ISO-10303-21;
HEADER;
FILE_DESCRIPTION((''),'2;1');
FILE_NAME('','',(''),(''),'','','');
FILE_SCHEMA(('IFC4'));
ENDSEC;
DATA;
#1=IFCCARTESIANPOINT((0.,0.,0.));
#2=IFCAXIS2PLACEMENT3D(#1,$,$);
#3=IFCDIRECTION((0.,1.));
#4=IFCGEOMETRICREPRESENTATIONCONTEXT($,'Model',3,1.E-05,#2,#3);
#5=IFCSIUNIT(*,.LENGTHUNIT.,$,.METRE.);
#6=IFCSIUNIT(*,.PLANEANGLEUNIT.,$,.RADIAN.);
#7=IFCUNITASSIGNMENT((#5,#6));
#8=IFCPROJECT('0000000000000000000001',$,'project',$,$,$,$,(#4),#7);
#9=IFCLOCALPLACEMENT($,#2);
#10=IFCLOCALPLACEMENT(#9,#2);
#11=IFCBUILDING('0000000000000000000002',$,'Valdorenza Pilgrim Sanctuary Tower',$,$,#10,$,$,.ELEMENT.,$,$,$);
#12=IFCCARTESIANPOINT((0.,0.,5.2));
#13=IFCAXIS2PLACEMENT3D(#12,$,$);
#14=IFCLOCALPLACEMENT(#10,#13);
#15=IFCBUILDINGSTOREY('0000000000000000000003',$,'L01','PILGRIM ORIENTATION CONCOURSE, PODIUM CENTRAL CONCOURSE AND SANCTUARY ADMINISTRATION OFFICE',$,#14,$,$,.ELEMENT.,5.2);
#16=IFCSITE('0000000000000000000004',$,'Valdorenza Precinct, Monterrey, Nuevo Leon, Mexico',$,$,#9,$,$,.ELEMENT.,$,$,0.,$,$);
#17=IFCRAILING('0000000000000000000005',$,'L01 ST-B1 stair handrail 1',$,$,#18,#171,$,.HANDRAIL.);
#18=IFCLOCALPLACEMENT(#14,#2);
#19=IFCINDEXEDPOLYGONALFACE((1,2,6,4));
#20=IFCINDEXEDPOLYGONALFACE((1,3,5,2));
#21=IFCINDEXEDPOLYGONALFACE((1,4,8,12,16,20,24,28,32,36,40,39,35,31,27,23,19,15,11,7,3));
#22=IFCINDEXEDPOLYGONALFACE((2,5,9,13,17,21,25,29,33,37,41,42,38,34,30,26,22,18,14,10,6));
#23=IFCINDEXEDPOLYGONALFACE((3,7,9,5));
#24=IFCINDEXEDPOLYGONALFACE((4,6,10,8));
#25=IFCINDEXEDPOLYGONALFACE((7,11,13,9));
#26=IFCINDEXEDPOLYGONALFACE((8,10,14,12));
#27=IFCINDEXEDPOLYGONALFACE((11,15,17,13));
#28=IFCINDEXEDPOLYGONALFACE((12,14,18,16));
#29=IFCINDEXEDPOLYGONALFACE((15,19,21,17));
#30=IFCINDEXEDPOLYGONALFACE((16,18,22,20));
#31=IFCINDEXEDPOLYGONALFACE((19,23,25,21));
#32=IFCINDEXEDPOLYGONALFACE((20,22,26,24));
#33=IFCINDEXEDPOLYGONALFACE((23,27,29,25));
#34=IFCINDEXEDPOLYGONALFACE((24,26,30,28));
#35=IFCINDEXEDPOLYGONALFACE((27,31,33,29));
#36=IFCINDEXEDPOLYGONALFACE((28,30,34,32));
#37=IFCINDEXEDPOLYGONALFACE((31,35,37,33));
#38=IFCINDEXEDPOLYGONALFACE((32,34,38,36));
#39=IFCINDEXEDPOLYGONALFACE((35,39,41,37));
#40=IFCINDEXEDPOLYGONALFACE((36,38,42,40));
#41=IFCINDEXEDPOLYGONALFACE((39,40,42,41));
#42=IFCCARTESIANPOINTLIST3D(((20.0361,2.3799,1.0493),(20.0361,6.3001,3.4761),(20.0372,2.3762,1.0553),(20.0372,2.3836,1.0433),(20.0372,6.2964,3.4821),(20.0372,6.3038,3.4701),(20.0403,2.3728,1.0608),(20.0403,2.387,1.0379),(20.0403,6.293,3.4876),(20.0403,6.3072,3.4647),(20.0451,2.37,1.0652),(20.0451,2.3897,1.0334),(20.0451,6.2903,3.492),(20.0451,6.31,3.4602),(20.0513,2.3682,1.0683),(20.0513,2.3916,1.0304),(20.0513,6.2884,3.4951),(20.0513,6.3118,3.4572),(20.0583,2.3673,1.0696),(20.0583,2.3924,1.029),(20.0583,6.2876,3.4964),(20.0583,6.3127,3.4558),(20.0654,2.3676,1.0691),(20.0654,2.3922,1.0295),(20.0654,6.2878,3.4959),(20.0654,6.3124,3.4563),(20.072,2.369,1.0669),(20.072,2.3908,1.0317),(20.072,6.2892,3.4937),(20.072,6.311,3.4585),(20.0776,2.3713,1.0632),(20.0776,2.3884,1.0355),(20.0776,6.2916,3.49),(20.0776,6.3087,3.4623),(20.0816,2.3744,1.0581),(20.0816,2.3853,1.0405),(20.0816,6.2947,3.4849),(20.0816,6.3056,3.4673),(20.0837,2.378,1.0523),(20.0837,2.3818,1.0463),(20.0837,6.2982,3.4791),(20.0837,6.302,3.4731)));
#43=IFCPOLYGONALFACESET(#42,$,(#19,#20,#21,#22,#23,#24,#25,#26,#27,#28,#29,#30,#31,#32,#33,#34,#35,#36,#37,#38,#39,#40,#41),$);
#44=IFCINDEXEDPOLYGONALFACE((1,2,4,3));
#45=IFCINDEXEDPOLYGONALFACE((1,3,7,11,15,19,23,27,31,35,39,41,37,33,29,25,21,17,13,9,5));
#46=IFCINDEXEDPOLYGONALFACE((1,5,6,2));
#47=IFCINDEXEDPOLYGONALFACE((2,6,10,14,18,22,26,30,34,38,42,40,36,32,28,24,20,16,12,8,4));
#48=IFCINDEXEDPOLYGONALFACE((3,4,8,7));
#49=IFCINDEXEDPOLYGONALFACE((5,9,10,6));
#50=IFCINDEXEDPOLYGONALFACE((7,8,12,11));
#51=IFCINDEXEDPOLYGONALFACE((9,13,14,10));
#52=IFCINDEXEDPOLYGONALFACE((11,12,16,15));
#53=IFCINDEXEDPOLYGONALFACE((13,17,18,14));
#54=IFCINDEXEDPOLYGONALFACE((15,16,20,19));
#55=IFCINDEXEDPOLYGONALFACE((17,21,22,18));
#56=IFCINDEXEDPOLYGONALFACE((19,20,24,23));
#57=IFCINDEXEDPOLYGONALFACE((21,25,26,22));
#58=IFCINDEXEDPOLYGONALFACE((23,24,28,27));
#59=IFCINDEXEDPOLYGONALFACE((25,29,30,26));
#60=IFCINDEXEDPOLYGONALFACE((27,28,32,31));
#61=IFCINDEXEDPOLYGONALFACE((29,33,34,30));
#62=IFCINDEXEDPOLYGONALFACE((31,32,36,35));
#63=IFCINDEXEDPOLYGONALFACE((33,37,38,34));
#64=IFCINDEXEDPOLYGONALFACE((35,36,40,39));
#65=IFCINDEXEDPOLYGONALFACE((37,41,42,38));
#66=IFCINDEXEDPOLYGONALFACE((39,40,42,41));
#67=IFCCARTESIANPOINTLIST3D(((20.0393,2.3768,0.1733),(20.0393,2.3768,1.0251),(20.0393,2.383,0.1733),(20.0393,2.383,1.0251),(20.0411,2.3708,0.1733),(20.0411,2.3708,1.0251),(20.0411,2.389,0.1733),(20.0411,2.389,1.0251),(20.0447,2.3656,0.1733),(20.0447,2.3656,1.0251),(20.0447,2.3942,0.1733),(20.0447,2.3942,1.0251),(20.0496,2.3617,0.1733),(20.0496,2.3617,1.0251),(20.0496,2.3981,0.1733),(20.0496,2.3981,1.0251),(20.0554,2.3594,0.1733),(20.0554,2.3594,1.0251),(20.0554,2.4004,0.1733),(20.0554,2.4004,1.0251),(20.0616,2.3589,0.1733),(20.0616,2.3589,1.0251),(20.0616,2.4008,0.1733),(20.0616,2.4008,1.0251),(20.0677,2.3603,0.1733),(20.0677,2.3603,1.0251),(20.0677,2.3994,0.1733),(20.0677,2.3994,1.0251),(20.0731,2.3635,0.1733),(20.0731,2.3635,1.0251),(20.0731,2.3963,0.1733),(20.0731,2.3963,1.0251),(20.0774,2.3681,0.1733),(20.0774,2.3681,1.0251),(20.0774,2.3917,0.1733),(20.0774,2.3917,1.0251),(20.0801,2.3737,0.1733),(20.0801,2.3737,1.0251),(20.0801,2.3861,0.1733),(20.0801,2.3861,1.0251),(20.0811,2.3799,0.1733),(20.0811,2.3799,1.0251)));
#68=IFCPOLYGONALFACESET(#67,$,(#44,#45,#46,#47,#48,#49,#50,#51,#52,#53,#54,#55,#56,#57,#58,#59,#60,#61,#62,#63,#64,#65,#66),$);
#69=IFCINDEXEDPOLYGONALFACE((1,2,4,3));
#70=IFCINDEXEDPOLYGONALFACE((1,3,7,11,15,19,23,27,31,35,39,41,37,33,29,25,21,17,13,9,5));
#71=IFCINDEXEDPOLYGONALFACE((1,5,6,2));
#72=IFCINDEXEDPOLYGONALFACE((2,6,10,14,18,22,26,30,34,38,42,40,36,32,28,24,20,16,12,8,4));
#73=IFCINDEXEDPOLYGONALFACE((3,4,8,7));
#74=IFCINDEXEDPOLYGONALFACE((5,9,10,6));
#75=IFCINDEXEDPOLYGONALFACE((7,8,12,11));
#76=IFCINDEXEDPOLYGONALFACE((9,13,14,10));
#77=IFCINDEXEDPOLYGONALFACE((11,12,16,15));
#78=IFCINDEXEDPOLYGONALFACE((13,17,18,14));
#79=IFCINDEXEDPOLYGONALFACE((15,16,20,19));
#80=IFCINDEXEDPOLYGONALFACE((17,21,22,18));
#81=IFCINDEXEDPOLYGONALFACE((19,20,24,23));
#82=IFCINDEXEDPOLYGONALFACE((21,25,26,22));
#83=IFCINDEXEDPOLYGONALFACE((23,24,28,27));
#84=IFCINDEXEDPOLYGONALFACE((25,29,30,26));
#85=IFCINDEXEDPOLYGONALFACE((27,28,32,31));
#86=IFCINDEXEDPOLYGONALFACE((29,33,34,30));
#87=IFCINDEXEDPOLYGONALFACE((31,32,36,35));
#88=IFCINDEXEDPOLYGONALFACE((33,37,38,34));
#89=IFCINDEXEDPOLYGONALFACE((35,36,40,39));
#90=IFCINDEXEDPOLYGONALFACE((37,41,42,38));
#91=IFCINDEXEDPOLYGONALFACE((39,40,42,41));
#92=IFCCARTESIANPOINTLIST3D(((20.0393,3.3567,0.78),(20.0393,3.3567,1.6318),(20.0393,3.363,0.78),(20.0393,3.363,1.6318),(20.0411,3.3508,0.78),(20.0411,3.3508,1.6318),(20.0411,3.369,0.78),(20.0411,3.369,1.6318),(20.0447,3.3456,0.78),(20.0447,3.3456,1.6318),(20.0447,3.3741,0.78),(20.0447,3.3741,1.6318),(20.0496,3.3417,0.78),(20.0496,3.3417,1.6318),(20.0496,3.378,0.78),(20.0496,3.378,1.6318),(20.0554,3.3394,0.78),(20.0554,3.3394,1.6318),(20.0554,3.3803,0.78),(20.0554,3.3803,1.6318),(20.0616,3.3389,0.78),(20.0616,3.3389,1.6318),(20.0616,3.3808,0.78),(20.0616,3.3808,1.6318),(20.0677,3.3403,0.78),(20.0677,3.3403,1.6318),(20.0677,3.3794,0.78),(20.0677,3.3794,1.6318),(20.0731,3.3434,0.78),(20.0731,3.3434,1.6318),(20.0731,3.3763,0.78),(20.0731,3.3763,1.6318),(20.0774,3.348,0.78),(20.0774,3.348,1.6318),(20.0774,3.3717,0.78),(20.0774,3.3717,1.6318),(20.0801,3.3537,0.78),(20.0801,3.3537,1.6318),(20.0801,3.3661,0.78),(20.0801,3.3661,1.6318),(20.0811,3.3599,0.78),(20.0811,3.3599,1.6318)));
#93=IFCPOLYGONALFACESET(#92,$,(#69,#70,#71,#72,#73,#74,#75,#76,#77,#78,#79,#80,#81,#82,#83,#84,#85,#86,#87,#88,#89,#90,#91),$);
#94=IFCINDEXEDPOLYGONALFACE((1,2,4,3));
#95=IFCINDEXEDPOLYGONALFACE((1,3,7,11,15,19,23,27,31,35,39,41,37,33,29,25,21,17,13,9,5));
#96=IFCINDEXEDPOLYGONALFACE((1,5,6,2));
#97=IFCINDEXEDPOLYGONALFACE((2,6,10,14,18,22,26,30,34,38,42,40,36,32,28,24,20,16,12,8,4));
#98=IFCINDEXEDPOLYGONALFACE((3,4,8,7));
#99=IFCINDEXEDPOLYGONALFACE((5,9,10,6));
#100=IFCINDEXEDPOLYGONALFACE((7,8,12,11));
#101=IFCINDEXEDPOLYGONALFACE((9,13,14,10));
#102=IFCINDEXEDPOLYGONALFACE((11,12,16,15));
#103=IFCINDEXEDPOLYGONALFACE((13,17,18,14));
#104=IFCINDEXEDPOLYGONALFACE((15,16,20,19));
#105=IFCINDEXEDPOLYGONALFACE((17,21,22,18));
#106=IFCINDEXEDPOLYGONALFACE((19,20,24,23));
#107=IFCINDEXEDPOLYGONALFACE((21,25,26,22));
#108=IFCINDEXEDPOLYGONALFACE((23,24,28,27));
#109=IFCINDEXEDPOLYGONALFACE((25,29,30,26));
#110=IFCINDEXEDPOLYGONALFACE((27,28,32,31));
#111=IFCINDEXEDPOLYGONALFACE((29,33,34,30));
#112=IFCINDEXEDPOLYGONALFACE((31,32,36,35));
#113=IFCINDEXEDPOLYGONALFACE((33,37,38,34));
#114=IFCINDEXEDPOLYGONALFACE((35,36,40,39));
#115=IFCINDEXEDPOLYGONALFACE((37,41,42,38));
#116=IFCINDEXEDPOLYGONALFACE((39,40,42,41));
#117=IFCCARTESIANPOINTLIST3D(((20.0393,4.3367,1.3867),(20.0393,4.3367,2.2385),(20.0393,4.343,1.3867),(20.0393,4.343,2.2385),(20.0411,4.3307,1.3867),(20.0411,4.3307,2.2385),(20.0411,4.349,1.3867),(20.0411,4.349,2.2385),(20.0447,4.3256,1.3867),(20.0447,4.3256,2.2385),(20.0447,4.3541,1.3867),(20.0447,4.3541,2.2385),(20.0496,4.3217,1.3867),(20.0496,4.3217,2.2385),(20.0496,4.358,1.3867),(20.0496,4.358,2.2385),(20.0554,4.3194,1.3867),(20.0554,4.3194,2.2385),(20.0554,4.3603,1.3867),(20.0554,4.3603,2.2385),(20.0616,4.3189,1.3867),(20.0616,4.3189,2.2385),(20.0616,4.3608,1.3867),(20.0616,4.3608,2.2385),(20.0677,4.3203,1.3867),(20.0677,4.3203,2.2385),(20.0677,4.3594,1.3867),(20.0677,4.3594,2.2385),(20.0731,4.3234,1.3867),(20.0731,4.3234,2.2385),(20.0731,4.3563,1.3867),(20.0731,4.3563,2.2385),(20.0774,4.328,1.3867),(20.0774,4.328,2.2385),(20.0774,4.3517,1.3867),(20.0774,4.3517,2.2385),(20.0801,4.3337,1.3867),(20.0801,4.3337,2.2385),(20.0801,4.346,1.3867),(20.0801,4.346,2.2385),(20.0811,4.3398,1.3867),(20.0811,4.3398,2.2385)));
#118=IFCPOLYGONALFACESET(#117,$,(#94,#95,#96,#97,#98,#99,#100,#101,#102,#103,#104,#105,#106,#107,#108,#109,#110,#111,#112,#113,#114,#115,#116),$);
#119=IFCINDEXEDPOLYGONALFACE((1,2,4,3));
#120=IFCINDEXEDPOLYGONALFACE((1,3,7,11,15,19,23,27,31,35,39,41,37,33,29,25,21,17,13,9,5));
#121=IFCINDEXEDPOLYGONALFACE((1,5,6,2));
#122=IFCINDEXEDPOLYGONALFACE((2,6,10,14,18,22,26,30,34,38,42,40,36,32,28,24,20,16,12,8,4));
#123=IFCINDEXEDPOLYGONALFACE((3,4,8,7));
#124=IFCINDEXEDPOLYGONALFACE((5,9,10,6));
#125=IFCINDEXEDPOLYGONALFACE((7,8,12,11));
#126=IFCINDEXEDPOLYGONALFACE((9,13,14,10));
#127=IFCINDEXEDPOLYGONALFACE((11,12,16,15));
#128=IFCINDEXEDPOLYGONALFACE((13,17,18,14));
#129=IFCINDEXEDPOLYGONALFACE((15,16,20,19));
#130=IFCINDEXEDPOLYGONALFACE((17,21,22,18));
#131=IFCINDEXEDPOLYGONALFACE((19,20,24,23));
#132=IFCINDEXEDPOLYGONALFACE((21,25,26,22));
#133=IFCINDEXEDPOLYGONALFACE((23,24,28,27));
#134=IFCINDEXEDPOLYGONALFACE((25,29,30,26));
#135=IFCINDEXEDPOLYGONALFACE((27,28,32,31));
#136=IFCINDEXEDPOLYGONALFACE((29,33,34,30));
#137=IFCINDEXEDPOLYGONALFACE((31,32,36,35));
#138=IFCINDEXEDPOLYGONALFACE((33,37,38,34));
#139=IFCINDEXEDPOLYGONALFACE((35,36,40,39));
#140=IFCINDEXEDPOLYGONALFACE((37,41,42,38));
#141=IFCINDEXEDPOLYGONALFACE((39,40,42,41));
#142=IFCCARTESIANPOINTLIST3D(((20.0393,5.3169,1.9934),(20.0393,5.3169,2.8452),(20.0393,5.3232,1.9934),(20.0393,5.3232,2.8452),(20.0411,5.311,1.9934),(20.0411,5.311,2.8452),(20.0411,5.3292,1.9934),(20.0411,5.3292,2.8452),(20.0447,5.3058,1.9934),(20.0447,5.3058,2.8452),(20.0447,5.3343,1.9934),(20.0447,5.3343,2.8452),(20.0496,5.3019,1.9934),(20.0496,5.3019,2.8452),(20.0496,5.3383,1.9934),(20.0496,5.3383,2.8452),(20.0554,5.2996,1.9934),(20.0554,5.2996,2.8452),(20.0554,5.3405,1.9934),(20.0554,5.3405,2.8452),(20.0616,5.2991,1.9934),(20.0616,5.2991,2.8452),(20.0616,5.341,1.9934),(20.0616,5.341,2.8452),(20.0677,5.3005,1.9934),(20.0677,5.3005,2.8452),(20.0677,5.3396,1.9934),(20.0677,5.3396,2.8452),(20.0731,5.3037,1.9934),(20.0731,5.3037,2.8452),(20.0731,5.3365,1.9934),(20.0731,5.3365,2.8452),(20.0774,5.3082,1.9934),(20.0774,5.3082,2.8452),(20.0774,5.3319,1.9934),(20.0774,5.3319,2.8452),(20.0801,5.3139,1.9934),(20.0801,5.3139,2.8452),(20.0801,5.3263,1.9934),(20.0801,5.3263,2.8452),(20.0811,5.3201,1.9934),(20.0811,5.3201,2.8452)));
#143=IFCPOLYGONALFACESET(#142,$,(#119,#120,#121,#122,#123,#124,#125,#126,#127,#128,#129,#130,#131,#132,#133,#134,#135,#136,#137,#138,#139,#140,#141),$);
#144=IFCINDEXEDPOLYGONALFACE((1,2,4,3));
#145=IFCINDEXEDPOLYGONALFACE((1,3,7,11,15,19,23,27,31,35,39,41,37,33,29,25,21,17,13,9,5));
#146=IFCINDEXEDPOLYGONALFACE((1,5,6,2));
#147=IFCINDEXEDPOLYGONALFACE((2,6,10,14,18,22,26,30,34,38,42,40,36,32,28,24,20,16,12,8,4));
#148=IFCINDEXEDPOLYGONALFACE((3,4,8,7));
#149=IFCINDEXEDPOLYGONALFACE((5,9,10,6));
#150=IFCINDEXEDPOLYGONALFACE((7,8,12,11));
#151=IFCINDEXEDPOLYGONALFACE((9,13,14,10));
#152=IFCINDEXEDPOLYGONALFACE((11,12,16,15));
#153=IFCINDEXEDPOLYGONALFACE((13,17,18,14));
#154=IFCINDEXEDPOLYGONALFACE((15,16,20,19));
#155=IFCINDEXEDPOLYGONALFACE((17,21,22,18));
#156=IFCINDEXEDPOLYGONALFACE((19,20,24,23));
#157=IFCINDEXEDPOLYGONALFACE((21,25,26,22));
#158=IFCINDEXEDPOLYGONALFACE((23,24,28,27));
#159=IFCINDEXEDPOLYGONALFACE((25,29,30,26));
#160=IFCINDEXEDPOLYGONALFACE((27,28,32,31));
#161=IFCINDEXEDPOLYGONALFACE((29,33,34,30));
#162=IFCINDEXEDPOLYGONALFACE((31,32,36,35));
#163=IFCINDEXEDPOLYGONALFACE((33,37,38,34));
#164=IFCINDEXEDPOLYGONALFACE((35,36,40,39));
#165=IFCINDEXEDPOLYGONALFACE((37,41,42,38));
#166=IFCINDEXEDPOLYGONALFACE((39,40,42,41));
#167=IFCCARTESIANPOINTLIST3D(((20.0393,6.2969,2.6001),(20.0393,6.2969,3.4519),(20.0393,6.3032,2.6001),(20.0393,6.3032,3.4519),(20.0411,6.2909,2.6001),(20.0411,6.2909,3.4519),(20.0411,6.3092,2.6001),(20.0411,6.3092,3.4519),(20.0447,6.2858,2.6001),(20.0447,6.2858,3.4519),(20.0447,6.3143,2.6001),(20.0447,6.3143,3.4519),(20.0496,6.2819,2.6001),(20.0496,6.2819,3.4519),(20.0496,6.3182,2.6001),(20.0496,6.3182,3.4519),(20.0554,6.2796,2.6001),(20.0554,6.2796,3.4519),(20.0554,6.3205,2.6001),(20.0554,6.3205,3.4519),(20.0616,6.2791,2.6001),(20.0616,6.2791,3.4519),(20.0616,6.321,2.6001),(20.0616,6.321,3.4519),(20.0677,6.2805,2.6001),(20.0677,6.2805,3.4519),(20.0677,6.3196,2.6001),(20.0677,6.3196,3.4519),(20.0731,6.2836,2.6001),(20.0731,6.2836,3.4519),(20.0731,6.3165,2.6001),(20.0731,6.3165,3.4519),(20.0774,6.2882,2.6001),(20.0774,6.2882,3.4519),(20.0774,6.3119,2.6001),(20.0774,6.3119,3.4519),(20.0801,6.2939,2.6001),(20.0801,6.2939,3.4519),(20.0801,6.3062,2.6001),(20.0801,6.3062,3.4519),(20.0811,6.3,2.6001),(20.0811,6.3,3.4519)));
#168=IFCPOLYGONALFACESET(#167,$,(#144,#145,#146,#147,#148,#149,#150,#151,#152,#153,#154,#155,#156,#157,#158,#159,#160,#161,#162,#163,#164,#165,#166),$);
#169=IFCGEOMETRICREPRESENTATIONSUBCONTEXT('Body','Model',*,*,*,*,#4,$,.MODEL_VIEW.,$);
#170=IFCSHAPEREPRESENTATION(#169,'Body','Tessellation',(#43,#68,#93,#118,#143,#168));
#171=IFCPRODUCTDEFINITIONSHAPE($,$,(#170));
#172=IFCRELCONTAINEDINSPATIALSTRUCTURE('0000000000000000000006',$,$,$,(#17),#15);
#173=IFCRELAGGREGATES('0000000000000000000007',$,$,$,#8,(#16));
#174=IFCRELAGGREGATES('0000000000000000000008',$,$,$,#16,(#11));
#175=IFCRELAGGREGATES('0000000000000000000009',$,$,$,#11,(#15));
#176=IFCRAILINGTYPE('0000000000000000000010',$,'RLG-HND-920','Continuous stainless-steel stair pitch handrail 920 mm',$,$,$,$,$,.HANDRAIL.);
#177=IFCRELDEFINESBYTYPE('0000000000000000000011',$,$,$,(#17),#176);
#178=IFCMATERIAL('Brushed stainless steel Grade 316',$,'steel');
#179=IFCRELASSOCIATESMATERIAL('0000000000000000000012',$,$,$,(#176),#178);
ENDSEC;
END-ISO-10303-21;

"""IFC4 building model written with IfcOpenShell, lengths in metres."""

from ifc_helpers import new_model, si_unit, direction, frame, origin, origin_2d, place, context, subcontext, project, spatial, circle, extrude, material, type_object, element, save


model = new_model("IFC4")

# Units and contexts
model_context = context("Model", 3, precision=1e-05, world=origin(), true_north=direction((0.0, 1.0)))
body_context = subcontext(model_context, "Body", "Model", "MODEL_VIEW")
ifc_project = project(units=[si_unit("LENGTHUNIT", "METRE"), si_unit("PLANEANGLEUNIT", "RADIAN")], contexts=[model_context])

# Site, building, storey
site_placement = place(None, origin())
site = spatial("IfcSite", under=ifc_project, at=site_placement, Name="Valdorenza Precinct, Monterrey, Nuevo Leon, Mexico", CompositionType="ELEMENT", RefElevation=0.0)
building_placement = place(site_placement, origin())
building = spatial("IfcBuilding", under=site, at=building_placement, Name="Valdorenza Pilgrim Sanctuary Tower", CompositionType="ELEMENT")
storey_placement = place(building_placement, frame((0.0, 0.0, 5.2)))
storey = spatial("IfcBuildingStorey", under=building, at=storey_placement, Name="L01", Description="PILGRIM ORIENTATION CONCOURSE, PODIUM CENTRAL CONCOURSE AND SANCTUARY ADMINISTRATION OFFICE", CompositionType="ELEMENT", Elevation=5.2)

# Railing
ifc_material_1 = material(Name="Brushed stainless steel Grade 316", Category="steel")
railing_type_1 = type_object("IfcRailingType", Name="RLG-HND-920", Description="Continuous stainless-steel stair pitch handrail 920 mm", PredefinedType="HANDRAIL", material=ifc_material_1)
railing_1_placement = place(storey_placement, frame((20.0601, 2.3799, 0.1733)))
element("IfcRailing", 1, at=railing_1_placement, inside=storey, type_object=railing_type_1, Name="L01 ST-B1 stair handrail 1", PredefinedType="HANDRAIL", context=body_context, shape_type="SweptSolid", body=[
    extrude(circle(Radius=0.0239, at=origin_2d()), frame((0.0, 0.0, 0.876), z_axis=(0.0, 0.850266, 0.526353), x_axis=(-1.0, 0.0, 0.0)), (0.0, 0.0, 1.0), 4.6106),
    extrude(circle(Radius=0.021, at=origin_2d()), origin(), (0.0, 0.0, 1.0), 0.8518),
    extrude(circle(Radius=0.021, at=origin_2d()), frame((0.0, 0.98, 0.6067)), (0.0, 0.0, 1.0), 0.8518),
    extrude(circle(Radius=0.021, at=origin_2d()), frame((0.0, 1.96, 1.2134)), (0.0, 0.0, 1.0), 0.8518),
    extrude(circle(Radius=0.021, at=origin_2d()), frame((0.0, 2.9402, 1.8201)), (0.0, 0.0, 1.0), 0.8518),
    extrude(circle(Radius=0.021, at=origin_2d()), frame((0.0, 3.9202, 2.4268)), (0.0, 0.0, 1.0), 0.8518),
])

save(model, "model.ifc")
